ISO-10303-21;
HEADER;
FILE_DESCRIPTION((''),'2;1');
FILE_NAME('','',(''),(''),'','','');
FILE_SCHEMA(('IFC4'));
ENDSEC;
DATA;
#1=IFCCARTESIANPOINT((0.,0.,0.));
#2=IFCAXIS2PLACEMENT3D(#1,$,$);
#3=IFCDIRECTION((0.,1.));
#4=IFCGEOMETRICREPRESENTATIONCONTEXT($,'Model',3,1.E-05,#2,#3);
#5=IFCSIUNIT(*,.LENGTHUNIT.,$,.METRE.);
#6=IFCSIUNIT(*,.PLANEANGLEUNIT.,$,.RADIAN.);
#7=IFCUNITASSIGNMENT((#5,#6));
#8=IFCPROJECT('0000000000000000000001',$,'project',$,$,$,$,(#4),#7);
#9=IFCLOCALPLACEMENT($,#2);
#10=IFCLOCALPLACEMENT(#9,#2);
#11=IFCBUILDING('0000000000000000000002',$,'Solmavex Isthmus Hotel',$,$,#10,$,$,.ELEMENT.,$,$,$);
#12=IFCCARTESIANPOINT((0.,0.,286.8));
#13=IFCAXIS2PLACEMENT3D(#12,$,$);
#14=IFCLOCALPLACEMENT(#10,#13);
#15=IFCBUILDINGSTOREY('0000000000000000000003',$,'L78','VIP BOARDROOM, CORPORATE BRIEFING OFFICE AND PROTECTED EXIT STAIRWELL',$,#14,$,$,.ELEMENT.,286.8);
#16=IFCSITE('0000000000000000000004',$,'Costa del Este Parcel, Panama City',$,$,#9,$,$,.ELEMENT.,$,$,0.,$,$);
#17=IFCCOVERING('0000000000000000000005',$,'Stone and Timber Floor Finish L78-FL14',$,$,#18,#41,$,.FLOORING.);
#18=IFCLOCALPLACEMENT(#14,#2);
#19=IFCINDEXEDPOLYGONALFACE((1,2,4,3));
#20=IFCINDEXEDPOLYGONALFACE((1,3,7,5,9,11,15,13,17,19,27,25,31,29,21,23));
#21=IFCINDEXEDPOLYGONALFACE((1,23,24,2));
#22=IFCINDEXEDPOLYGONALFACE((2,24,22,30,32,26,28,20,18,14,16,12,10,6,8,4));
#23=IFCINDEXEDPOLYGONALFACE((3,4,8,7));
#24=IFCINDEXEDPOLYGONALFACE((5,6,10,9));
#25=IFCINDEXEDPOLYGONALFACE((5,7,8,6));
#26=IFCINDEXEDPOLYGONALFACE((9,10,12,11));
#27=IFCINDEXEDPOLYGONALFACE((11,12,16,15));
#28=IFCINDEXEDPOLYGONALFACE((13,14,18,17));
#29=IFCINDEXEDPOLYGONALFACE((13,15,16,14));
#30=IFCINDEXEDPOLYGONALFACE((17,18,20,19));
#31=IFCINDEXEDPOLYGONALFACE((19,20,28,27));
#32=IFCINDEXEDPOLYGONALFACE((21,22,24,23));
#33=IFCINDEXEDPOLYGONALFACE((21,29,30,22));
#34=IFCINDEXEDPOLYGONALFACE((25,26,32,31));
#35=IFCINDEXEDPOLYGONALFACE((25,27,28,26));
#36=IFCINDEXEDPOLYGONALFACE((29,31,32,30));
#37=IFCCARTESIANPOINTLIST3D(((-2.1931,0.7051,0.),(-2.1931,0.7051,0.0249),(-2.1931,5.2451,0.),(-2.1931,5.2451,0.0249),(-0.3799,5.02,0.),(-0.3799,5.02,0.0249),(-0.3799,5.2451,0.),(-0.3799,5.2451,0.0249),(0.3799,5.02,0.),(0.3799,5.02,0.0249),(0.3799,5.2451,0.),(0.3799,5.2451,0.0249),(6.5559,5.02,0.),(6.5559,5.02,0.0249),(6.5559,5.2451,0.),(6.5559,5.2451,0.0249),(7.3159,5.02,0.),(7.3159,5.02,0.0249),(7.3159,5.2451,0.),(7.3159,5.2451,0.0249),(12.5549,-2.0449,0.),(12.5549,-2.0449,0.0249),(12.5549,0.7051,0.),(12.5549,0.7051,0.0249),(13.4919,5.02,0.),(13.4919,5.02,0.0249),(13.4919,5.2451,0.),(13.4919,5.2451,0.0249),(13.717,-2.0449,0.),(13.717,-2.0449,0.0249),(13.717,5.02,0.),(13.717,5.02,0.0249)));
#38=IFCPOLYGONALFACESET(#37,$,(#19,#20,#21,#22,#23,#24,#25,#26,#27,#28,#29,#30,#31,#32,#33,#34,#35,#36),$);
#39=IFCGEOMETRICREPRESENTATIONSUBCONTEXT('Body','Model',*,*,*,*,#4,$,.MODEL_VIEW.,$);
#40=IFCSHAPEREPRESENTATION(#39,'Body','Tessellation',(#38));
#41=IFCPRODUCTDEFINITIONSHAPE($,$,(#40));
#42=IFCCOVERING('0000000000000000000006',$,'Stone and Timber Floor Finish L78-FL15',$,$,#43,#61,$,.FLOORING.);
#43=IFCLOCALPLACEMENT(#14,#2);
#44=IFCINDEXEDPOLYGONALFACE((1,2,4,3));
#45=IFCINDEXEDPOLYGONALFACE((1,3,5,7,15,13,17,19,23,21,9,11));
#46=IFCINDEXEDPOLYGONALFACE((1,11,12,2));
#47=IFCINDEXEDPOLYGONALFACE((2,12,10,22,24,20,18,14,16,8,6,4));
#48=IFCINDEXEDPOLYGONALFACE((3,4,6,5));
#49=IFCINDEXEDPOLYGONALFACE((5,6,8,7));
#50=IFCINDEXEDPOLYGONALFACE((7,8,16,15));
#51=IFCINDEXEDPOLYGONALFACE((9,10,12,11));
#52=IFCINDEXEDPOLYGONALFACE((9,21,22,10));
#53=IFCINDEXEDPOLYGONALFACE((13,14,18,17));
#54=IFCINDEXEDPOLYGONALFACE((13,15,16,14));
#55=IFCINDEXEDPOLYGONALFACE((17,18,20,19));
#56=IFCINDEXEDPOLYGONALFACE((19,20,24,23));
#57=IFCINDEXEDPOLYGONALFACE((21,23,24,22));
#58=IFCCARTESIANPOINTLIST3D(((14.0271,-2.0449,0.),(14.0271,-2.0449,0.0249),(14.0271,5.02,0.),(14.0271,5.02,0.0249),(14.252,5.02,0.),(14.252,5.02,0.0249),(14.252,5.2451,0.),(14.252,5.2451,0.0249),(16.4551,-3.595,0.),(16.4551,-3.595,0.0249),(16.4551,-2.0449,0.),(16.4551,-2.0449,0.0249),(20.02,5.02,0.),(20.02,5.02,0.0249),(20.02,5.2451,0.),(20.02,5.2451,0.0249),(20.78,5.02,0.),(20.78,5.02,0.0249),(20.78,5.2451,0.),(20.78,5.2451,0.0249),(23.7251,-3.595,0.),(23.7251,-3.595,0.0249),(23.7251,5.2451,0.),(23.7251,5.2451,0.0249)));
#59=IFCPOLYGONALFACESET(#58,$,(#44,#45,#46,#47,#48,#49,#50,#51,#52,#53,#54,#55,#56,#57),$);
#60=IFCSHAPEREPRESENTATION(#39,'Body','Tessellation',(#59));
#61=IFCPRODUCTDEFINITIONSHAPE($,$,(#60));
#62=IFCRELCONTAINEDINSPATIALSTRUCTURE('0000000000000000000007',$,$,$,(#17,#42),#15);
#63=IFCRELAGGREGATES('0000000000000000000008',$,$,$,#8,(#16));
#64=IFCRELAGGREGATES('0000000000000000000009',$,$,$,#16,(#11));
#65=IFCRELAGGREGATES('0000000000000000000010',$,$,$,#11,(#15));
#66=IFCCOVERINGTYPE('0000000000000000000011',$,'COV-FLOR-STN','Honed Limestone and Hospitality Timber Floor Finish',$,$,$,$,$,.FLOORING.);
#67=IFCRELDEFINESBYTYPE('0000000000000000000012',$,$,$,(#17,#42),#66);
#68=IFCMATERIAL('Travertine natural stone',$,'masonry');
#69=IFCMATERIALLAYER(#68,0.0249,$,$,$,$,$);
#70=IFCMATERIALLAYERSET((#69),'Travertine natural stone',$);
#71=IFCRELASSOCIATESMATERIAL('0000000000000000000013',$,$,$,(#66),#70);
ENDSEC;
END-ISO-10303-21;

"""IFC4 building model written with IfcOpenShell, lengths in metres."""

from ifc_helpers import new_model, si_unit, direction, frame, origin, place, context, subcontext, project, spatial, polyline, outline, extrude, material, layer, layer_set, type_object, element, save


model = new_model("IFC4")

# Units and contexts
model_context = context("Model", 3, precision=1e-05, world=origin(), true_north=direction((0.0, 1.0)))
body_context = subcontext(model_context, "Body", "Model", "MODEL_VIEW")
ifc_project = project(units=[si_unit("LENGTHUNIT", "METRE"), si_unit("PLANEANGLEUNIT", "RADIAN")], contexts=[model_context])

# Site, building, storey
site_placement = place(None, origin())
site = spatial("IfcSite", under=ifc_project, at=site_placement, Name="Costa del Este Parcel, Panama City", CompositionType="ELEMENT", RefElevation=0.0)
building_placement = place(site_placement, origin())
building = spatial("IfcBuilding", under=site, at=building_placement, Name="Solmavex Isthmus Hotel", CompositionType="ELEMENT")
storey_placement = place(building_placement, frame((0.0, 0.0, 286.8)))
storey = spatial("IfcBuildingStorey", under=building, at=storey_placement, Name="L78", Description="VIP BOARDROOM, CORPORATE BRIEFING OFFICE AND PROTECTED EXIT STAIRWELL", CompositionType="ELEMENT", Elevation=286.8)

# Coverings
ifc_material_1 = material(Name="Travertine natural stone", Category="masonry")
ifc_layer_1 = layer(ifc_material_1, 0.0249)
ifc_layer_set_1 = layer_set([ifc_layer_1], Name="Travertine natural stone")
covering_type_1 = type_object("IfcCoveringType", Name="COV-FLOR-STN", Description="Honed Limestone and Hospitality Timber Floor Finish", PredefinedType="FLOORING", material=ifc_layer_set_1)
covering_1_placement = place(storey_placement, origin())
element("IfcCovering", 1, at=covering_1_placement, inside=storey, type_object=covering_type_1, Name="Stone and Timber Floor Finish L78-FL14", PredefinedType="FLOORING", context=body_context, shape_type="SweptSolid", body=[
    extrude(outline(polyline([(0.3799, 5.2451), (0.3799, 5.02), (-0.3799, 5.02), (-0.3799, 5.2451), (-2.1931, 5.2451), (-2.1931, 0.7051), (12.5549, 0.7051), (12.5549, -2.0449), (13.717, -2.0449), (13.717, 5.02), (13.4919, 5.02), (13.4919, 5.2451), (7.3159, 5.2451), (7.3159, 5.02), (6.5559, 5.02), (6.5559, 5.2451), (0.3799, 5.2451)])), origin(), (0.0, 0.0, 1.0), 0.0249),
])
covering_2_placement = place(storey_placement, origin())
element("IfcCovering", 2, at=covering_2_placement, inside=storey, type_object=covering_type_1, Name="Stone and Timber Floor Finish L78-FL15", PredefinedType="FLOORING", context=body_context, shape_type="SweptSolid", body=[
    extrude(outline(polyline([(14.252, 5.2451), (14.252, 5.02), (14.0271, 5.02), (14.0271, -2.0449), (16.4551, -2.0449), (16.4551, -3.595), (23.7251, -3.595), (23.7251, 5.2451), (20.78, 5.2451), (20.78, 5.02), (20.02, 5.02), (20.02, 5.2451), (14.252, 5.2451)])), origin(), (0.0, 0.0, 1.0), 0.0249),
])

save(model, "model.ifc")
